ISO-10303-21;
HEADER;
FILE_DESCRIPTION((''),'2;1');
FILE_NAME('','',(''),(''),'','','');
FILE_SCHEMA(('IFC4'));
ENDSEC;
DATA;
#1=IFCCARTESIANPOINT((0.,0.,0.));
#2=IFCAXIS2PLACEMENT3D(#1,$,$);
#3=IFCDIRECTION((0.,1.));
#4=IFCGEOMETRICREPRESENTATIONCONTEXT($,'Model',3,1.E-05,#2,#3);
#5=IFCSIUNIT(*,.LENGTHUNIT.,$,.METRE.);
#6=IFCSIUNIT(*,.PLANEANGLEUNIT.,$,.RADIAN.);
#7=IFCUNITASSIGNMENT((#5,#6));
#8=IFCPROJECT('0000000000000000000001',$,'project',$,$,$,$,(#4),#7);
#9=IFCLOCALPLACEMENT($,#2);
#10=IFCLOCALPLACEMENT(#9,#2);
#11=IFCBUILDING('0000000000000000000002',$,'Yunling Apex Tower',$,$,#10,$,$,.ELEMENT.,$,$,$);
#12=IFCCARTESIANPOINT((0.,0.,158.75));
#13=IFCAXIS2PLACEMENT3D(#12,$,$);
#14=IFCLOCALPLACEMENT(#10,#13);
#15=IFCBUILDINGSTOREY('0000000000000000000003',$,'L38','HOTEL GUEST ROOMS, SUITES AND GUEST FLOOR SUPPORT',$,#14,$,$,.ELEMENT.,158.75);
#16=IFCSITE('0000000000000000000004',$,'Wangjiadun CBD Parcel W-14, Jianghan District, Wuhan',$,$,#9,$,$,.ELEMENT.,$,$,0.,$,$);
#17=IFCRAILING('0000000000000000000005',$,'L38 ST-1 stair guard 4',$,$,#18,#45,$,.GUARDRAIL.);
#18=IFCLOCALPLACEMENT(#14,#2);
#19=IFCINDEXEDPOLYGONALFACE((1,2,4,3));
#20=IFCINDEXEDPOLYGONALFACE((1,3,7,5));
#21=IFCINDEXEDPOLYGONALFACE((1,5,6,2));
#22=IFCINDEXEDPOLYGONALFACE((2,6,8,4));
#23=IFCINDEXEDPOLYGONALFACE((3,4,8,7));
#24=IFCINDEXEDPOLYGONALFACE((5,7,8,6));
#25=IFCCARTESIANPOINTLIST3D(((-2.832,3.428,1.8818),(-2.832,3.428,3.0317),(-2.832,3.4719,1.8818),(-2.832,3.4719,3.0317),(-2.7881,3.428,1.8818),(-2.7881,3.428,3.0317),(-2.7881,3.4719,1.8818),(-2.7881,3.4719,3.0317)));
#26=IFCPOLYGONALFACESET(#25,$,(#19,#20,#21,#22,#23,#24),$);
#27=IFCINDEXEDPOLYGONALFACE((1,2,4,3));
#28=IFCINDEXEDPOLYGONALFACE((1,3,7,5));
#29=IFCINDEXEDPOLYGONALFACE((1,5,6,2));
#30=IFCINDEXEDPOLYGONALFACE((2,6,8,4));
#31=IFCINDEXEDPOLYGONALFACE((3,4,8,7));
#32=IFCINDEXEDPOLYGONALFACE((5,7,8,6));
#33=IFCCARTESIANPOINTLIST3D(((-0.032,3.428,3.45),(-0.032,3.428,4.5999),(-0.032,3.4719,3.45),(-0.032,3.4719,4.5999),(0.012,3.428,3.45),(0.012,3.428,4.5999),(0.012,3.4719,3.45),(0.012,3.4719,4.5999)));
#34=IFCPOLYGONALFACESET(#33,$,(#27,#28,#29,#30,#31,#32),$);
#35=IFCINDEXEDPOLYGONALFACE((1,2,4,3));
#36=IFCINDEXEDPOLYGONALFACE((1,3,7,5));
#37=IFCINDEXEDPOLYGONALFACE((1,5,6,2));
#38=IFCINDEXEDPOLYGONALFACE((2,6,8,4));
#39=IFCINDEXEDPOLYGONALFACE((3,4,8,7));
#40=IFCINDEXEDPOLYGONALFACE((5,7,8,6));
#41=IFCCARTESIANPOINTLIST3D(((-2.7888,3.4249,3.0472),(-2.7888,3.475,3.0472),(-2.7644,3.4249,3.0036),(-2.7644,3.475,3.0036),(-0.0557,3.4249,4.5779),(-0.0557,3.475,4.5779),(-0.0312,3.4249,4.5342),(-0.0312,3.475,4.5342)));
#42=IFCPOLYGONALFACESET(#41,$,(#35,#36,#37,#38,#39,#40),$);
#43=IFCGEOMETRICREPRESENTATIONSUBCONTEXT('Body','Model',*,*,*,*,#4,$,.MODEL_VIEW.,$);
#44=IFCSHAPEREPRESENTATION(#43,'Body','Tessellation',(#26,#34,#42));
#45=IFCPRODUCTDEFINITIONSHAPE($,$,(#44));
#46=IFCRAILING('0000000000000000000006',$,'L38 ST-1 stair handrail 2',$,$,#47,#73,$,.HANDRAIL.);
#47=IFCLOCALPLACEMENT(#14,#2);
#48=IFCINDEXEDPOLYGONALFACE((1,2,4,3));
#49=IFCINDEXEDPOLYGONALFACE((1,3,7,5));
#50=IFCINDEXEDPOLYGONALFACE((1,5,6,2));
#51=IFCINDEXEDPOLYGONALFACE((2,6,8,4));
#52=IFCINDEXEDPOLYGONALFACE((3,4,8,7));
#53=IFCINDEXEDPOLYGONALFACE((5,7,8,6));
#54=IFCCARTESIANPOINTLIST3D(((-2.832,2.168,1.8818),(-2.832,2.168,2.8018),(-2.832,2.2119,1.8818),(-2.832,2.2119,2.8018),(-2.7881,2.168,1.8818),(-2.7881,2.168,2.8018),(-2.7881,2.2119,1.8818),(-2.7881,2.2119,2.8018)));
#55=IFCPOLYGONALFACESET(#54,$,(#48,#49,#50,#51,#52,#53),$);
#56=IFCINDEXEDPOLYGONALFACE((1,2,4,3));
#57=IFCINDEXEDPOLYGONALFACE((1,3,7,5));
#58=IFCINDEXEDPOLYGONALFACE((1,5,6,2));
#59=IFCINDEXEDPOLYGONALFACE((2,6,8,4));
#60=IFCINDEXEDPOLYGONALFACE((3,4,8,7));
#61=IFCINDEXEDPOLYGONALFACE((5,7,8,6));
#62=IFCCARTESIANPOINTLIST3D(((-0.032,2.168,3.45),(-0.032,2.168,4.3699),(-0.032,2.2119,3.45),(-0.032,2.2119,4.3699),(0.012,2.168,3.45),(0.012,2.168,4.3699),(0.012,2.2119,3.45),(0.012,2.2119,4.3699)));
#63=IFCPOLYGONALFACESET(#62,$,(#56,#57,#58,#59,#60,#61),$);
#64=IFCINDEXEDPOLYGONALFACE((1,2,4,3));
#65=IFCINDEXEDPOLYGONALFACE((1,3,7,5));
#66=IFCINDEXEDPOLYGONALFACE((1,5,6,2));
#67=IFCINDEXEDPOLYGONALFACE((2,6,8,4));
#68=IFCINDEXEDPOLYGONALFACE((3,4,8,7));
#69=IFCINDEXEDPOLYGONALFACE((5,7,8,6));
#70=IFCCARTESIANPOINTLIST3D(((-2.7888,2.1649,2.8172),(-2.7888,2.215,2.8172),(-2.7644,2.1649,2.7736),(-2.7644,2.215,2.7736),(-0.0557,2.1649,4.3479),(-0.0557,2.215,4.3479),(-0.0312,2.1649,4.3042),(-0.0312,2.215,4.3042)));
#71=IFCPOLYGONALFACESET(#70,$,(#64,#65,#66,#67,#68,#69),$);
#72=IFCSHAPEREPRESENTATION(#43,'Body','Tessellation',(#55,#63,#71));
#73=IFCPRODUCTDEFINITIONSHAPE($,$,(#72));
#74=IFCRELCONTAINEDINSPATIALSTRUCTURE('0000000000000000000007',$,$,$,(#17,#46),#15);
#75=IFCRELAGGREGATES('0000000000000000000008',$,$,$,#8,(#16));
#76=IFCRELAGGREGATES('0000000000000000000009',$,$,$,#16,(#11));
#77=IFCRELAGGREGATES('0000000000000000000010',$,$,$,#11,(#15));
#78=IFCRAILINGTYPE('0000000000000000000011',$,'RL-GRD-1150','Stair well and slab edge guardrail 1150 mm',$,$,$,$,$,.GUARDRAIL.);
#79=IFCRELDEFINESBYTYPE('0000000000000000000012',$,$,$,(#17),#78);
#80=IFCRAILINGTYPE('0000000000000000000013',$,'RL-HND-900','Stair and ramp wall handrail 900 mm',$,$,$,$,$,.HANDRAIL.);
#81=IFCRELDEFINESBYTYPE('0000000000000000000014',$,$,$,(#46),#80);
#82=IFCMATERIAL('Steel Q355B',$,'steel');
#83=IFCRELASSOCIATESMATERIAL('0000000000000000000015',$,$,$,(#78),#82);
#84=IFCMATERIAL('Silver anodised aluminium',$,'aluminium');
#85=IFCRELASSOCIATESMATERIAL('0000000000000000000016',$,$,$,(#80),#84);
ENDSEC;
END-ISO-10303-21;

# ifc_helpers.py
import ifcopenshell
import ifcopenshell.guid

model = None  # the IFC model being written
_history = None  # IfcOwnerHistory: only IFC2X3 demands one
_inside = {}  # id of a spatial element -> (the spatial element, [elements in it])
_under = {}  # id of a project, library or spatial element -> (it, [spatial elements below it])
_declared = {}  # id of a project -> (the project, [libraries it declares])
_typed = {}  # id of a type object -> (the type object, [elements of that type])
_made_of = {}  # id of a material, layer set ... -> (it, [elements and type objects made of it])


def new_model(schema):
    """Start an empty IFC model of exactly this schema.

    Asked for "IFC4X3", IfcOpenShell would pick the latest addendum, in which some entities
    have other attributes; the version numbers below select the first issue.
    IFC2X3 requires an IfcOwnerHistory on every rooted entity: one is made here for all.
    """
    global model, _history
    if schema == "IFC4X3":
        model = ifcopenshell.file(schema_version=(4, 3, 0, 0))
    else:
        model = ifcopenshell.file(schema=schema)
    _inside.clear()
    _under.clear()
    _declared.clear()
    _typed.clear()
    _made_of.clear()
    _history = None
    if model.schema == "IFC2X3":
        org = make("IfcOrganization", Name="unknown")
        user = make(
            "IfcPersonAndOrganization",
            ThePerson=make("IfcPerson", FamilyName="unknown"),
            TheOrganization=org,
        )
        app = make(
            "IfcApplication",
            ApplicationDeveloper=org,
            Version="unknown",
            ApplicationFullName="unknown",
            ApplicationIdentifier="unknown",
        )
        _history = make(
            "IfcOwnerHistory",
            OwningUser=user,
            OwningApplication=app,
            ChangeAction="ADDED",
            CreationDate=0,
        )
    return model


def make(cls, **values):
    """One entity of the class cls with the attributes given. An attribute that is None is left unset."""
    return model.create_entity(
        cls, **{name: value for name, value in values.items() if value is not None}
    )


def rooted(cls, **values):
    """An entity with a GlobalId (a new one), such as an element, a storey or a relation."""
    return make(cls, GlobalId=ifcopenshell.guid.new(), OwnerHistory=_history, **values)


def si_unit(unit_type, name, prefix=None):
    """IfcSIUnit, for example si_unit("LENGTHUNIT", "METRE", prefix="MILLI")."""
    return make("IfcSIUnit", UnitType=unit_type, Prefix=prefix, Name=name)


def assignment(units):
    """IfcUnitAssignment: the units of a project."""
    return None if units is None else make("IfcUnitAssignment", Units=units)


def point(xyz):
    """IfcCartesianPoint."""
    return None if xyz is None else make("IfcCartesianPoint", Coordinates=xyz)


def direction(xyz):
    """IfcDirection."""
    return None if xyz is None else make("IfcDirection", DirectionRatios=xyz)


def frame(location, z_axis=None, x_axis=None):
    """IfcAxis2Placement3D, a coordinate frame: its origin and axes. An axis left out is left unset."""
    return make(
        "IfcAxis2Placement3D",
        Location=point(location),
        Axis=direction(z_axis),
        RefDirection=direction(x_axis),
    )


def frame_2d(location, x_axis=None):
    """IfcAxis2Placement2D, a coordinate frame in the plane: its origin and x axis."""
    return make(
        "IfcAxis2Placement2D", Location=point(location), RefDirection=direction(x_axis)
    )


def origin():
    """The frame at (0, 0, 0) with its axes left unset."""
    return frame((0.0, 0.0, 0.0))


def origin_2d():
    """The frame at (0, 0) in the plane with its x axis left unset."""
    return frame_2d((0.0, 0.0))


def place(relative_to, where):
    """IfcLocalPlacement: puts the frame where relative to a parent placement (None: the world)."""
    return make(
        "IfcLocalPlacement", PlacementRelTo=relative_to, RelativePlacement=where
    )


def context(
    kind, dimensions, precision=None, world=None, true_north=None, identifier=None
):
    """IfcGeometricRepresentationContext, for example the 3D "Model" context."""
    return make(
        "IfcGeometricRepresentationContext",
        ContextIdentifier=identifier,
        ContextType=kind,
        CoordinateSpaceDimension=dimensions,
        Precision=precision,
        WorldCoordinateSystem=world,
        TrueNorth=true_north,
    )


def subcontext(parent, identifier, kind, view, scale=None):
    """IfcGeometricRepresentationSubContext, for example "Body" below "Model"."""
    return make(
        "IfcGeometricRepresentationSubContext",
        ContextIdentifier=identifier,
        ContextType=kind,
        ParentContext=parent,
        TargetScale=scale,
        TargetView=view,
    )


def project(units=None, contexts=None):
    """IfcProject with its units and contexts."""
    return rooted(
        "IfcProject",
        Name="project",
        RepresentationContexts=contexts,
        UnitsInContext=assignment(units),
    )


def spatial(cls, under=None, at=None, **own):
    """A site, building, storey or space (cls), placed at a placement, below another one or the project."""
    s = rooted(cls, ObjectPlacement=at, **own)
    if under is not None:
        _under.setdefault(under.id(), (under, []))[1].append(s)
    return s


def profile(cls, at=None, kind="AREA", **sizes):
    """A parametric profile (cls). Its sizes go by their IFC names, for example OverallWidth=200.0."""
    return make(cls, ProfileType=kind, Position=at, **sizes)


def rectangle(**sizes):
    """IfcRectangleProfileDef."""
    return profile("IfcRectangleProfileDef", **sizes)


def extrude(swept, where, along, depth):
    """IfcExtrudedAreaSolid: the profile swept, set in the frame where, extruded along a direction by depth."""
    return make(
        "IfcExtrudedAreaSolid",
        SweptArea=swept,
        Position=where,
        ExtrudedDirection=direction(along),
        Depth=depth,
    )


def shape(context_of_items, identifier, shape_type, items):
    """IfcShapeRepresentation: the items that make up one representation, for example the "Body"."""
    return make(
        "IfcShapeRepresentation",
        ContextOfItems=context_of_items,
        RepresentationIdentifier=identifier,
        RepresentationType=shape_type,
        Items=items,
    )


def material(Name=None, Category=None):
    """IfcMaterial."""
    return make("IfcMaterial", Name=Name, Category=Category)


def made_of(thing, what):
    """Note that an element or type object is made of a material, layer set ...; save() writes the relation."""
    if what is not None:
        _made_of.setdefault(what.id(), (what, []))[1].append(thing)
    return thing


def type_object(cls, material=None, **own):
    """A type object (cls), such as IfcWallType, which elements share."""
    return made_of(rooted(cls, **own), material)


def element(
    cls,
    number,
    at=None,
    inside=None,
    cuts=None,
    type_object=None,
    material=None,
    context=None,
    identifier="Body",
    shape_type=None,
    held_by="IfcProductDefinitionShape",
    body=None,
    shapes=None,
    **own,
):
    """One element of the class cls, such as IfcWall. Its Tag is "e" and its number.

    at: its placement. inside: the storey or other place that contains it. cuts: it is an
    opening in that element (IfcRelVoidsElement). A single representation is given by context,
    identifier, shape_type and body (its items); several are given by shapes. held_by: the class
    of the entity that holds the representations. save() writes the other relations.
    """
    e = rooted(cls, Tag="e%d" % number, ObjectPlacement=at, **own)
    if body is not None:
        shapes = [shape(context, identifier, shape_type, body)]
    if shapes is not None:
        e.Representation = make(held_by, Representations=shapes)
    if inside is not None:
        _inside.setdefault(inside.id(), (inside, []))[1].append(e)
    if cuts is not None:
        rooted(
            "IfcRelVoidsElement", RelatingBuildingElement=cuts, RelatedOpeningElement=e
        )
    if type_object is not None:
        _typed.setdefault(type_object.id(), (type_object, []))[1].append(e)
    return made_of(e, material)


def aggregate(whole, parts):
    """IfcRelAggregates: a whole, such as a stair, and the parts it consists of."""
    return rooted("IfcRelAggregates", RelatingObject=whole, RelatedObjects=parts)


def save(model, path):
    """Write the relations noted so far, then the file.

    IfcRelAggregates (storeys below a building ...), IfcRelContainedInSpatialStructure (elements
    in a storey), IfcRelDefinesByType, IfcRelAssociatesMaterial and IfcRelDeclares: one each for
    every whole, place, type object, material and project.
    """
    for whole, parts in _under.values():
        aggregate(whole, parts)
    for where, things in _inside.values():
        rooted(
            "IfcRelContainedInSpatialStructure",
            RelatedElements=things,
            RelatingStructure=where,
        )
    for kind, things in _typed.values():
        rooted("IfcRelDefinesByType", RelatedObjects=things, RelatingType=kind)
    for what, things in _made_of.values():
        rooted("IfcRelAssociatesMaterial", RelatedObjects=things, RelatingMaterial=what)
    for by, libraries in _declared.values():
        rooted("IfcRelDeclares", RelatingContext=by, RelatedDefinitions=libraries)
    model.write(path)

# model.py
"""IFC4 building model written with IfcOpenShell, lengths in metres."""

from ifc_helpers import new_model, si_unit, direction, frame, origin, origin_2d, place, context, subcontext, project, spatial, rectangle, extrude, material, type_object, element, save


model = new_model("IFC4")

# Units and contexts
model_context = context("Model", 3, precision=1e-05, world=origin(), true_north=direction((0.0, 1.0)))
body_context = subcontext(model_context, "Body", "Model", "MODEL_VIEW")
ifc_project = project(units=[si_unit("LENGTHUNIT", "METRE"), si_unit("PLANEANGLEUNIT", "RADIAN")], contexts=[model_context])

# Site, building, storey
site_placement = place(None, origin())
site = spatial("IfcSite", under=ifc_project, at=site_placement, Name="Wangjiadun CBD Parcel W-14, Jianghan District, Wuhan", CompositionType="ELEMENT", RefElevation=0.0)
building_placement = place(site_placement, origin())
building = spatial("IfcBuilding", under=site, at=building_placement, Name="Yunling Apex Tower", CompositionType="ELEMENT")
storey_placement = place(building_placement, frame((0.0, 0.0, 158.75)))
storey = spatial("IfcBuildingStorey", under=building, at=storey_placement, Name="L38", Description="HOTEL GUEST ROOMS, SUITES AND GUEST FLOOR SUPPORT", CompositionType="ELEMENT", Elevation=158.75)

# Shared definitions
ifc_material_1 = material(Name="Steel Q355B", Category="steel")

# Shared definitions
ifc_material_2 = material(Name="Silver anodised aluminium", Category="aluminium")

# Railings
railing_type_1 = type_object("IfcRailingType", Name="RL-GRD-1150", Description="Stair well and slab edge guardrail 1150 mm", PredefinedType="GUARDRAIL", material=ifc_material_1)
railing_1_placement = place(storey_placement, frame((-2.8101, 3.45, 1.8818)))
element("IfcRailing", 1, at=railing_1_placement, inside=storey, type_object=railing_type_1, Name="L38 ST-1 stair guard 4", PredefinedType="GUARDRAIL", context=body_context, shape_type="SweptSolid", body=[
    extrude(rectangle(XDim=0.0439, YDim=0.0439, at=origin_2d()), origin(), (0.0, 0.0, 1.0), 1.1499),
    extrude(rectangle(XDim=0.0439, YDim=0.0439, at=origin_2d()), frame((2.8, 0.0, 1.5681)), (0.0, 0.0, 1.0), 1.1499),
    extrude(rectangle(XDim=0.05, YDim=0.05, at=origin_2d()), frame((0.0334, 0.0, 1.1436), z_axis=(0.872494, 0.0, 0.488624), x_axis=(0.0, 1.0, 0.0)), (0.0, 0.0, 1.0), 3.1326),
])
railing_type_2 = type_object("IfcRailingType", Name="RL-HND-900", Description="Stair and ramp wall handrail 900 mm", PredefinedType="HANDRAIL", material=ifc_material_2)
railing_2_placement = place(storey_placement, frame((-2.8101, 2.1899, 1.8818)))
element("IfcRailing", 2, at=railing_2_placement, inside=storey, type_object=railing_type_2, Name="L38 ST-1 stair handrail 2", PredefinedType="HANDRAIL", context=body_context, shape_type="SweptSolid", body=[
    extrude(rectangle(XDim=0.0439, YDim=0.0439, at=origin_2d()), origin(), (0.0, 0.0, 1.0), 0.9199),
    extrude(rectangle(XDim=0.0439, YDim=0.0439, at=origin_2d()), frame((2.8, 0.0, 1.5681)), (0.0, 0.0, 1.0), 0.9199),
    extrude(rectangle(XDim=0.05, YDim=0.05, at=origin_2d()), frame((0.0334, 0.0, 0.9136), z_axis=(0.872494, 0.0, 0.488624), x_axis=(0.0, 1.0, 0.0)), (0.0, 0.0, 1.0), 3.1326),
])

save(model, "model.ifc")
